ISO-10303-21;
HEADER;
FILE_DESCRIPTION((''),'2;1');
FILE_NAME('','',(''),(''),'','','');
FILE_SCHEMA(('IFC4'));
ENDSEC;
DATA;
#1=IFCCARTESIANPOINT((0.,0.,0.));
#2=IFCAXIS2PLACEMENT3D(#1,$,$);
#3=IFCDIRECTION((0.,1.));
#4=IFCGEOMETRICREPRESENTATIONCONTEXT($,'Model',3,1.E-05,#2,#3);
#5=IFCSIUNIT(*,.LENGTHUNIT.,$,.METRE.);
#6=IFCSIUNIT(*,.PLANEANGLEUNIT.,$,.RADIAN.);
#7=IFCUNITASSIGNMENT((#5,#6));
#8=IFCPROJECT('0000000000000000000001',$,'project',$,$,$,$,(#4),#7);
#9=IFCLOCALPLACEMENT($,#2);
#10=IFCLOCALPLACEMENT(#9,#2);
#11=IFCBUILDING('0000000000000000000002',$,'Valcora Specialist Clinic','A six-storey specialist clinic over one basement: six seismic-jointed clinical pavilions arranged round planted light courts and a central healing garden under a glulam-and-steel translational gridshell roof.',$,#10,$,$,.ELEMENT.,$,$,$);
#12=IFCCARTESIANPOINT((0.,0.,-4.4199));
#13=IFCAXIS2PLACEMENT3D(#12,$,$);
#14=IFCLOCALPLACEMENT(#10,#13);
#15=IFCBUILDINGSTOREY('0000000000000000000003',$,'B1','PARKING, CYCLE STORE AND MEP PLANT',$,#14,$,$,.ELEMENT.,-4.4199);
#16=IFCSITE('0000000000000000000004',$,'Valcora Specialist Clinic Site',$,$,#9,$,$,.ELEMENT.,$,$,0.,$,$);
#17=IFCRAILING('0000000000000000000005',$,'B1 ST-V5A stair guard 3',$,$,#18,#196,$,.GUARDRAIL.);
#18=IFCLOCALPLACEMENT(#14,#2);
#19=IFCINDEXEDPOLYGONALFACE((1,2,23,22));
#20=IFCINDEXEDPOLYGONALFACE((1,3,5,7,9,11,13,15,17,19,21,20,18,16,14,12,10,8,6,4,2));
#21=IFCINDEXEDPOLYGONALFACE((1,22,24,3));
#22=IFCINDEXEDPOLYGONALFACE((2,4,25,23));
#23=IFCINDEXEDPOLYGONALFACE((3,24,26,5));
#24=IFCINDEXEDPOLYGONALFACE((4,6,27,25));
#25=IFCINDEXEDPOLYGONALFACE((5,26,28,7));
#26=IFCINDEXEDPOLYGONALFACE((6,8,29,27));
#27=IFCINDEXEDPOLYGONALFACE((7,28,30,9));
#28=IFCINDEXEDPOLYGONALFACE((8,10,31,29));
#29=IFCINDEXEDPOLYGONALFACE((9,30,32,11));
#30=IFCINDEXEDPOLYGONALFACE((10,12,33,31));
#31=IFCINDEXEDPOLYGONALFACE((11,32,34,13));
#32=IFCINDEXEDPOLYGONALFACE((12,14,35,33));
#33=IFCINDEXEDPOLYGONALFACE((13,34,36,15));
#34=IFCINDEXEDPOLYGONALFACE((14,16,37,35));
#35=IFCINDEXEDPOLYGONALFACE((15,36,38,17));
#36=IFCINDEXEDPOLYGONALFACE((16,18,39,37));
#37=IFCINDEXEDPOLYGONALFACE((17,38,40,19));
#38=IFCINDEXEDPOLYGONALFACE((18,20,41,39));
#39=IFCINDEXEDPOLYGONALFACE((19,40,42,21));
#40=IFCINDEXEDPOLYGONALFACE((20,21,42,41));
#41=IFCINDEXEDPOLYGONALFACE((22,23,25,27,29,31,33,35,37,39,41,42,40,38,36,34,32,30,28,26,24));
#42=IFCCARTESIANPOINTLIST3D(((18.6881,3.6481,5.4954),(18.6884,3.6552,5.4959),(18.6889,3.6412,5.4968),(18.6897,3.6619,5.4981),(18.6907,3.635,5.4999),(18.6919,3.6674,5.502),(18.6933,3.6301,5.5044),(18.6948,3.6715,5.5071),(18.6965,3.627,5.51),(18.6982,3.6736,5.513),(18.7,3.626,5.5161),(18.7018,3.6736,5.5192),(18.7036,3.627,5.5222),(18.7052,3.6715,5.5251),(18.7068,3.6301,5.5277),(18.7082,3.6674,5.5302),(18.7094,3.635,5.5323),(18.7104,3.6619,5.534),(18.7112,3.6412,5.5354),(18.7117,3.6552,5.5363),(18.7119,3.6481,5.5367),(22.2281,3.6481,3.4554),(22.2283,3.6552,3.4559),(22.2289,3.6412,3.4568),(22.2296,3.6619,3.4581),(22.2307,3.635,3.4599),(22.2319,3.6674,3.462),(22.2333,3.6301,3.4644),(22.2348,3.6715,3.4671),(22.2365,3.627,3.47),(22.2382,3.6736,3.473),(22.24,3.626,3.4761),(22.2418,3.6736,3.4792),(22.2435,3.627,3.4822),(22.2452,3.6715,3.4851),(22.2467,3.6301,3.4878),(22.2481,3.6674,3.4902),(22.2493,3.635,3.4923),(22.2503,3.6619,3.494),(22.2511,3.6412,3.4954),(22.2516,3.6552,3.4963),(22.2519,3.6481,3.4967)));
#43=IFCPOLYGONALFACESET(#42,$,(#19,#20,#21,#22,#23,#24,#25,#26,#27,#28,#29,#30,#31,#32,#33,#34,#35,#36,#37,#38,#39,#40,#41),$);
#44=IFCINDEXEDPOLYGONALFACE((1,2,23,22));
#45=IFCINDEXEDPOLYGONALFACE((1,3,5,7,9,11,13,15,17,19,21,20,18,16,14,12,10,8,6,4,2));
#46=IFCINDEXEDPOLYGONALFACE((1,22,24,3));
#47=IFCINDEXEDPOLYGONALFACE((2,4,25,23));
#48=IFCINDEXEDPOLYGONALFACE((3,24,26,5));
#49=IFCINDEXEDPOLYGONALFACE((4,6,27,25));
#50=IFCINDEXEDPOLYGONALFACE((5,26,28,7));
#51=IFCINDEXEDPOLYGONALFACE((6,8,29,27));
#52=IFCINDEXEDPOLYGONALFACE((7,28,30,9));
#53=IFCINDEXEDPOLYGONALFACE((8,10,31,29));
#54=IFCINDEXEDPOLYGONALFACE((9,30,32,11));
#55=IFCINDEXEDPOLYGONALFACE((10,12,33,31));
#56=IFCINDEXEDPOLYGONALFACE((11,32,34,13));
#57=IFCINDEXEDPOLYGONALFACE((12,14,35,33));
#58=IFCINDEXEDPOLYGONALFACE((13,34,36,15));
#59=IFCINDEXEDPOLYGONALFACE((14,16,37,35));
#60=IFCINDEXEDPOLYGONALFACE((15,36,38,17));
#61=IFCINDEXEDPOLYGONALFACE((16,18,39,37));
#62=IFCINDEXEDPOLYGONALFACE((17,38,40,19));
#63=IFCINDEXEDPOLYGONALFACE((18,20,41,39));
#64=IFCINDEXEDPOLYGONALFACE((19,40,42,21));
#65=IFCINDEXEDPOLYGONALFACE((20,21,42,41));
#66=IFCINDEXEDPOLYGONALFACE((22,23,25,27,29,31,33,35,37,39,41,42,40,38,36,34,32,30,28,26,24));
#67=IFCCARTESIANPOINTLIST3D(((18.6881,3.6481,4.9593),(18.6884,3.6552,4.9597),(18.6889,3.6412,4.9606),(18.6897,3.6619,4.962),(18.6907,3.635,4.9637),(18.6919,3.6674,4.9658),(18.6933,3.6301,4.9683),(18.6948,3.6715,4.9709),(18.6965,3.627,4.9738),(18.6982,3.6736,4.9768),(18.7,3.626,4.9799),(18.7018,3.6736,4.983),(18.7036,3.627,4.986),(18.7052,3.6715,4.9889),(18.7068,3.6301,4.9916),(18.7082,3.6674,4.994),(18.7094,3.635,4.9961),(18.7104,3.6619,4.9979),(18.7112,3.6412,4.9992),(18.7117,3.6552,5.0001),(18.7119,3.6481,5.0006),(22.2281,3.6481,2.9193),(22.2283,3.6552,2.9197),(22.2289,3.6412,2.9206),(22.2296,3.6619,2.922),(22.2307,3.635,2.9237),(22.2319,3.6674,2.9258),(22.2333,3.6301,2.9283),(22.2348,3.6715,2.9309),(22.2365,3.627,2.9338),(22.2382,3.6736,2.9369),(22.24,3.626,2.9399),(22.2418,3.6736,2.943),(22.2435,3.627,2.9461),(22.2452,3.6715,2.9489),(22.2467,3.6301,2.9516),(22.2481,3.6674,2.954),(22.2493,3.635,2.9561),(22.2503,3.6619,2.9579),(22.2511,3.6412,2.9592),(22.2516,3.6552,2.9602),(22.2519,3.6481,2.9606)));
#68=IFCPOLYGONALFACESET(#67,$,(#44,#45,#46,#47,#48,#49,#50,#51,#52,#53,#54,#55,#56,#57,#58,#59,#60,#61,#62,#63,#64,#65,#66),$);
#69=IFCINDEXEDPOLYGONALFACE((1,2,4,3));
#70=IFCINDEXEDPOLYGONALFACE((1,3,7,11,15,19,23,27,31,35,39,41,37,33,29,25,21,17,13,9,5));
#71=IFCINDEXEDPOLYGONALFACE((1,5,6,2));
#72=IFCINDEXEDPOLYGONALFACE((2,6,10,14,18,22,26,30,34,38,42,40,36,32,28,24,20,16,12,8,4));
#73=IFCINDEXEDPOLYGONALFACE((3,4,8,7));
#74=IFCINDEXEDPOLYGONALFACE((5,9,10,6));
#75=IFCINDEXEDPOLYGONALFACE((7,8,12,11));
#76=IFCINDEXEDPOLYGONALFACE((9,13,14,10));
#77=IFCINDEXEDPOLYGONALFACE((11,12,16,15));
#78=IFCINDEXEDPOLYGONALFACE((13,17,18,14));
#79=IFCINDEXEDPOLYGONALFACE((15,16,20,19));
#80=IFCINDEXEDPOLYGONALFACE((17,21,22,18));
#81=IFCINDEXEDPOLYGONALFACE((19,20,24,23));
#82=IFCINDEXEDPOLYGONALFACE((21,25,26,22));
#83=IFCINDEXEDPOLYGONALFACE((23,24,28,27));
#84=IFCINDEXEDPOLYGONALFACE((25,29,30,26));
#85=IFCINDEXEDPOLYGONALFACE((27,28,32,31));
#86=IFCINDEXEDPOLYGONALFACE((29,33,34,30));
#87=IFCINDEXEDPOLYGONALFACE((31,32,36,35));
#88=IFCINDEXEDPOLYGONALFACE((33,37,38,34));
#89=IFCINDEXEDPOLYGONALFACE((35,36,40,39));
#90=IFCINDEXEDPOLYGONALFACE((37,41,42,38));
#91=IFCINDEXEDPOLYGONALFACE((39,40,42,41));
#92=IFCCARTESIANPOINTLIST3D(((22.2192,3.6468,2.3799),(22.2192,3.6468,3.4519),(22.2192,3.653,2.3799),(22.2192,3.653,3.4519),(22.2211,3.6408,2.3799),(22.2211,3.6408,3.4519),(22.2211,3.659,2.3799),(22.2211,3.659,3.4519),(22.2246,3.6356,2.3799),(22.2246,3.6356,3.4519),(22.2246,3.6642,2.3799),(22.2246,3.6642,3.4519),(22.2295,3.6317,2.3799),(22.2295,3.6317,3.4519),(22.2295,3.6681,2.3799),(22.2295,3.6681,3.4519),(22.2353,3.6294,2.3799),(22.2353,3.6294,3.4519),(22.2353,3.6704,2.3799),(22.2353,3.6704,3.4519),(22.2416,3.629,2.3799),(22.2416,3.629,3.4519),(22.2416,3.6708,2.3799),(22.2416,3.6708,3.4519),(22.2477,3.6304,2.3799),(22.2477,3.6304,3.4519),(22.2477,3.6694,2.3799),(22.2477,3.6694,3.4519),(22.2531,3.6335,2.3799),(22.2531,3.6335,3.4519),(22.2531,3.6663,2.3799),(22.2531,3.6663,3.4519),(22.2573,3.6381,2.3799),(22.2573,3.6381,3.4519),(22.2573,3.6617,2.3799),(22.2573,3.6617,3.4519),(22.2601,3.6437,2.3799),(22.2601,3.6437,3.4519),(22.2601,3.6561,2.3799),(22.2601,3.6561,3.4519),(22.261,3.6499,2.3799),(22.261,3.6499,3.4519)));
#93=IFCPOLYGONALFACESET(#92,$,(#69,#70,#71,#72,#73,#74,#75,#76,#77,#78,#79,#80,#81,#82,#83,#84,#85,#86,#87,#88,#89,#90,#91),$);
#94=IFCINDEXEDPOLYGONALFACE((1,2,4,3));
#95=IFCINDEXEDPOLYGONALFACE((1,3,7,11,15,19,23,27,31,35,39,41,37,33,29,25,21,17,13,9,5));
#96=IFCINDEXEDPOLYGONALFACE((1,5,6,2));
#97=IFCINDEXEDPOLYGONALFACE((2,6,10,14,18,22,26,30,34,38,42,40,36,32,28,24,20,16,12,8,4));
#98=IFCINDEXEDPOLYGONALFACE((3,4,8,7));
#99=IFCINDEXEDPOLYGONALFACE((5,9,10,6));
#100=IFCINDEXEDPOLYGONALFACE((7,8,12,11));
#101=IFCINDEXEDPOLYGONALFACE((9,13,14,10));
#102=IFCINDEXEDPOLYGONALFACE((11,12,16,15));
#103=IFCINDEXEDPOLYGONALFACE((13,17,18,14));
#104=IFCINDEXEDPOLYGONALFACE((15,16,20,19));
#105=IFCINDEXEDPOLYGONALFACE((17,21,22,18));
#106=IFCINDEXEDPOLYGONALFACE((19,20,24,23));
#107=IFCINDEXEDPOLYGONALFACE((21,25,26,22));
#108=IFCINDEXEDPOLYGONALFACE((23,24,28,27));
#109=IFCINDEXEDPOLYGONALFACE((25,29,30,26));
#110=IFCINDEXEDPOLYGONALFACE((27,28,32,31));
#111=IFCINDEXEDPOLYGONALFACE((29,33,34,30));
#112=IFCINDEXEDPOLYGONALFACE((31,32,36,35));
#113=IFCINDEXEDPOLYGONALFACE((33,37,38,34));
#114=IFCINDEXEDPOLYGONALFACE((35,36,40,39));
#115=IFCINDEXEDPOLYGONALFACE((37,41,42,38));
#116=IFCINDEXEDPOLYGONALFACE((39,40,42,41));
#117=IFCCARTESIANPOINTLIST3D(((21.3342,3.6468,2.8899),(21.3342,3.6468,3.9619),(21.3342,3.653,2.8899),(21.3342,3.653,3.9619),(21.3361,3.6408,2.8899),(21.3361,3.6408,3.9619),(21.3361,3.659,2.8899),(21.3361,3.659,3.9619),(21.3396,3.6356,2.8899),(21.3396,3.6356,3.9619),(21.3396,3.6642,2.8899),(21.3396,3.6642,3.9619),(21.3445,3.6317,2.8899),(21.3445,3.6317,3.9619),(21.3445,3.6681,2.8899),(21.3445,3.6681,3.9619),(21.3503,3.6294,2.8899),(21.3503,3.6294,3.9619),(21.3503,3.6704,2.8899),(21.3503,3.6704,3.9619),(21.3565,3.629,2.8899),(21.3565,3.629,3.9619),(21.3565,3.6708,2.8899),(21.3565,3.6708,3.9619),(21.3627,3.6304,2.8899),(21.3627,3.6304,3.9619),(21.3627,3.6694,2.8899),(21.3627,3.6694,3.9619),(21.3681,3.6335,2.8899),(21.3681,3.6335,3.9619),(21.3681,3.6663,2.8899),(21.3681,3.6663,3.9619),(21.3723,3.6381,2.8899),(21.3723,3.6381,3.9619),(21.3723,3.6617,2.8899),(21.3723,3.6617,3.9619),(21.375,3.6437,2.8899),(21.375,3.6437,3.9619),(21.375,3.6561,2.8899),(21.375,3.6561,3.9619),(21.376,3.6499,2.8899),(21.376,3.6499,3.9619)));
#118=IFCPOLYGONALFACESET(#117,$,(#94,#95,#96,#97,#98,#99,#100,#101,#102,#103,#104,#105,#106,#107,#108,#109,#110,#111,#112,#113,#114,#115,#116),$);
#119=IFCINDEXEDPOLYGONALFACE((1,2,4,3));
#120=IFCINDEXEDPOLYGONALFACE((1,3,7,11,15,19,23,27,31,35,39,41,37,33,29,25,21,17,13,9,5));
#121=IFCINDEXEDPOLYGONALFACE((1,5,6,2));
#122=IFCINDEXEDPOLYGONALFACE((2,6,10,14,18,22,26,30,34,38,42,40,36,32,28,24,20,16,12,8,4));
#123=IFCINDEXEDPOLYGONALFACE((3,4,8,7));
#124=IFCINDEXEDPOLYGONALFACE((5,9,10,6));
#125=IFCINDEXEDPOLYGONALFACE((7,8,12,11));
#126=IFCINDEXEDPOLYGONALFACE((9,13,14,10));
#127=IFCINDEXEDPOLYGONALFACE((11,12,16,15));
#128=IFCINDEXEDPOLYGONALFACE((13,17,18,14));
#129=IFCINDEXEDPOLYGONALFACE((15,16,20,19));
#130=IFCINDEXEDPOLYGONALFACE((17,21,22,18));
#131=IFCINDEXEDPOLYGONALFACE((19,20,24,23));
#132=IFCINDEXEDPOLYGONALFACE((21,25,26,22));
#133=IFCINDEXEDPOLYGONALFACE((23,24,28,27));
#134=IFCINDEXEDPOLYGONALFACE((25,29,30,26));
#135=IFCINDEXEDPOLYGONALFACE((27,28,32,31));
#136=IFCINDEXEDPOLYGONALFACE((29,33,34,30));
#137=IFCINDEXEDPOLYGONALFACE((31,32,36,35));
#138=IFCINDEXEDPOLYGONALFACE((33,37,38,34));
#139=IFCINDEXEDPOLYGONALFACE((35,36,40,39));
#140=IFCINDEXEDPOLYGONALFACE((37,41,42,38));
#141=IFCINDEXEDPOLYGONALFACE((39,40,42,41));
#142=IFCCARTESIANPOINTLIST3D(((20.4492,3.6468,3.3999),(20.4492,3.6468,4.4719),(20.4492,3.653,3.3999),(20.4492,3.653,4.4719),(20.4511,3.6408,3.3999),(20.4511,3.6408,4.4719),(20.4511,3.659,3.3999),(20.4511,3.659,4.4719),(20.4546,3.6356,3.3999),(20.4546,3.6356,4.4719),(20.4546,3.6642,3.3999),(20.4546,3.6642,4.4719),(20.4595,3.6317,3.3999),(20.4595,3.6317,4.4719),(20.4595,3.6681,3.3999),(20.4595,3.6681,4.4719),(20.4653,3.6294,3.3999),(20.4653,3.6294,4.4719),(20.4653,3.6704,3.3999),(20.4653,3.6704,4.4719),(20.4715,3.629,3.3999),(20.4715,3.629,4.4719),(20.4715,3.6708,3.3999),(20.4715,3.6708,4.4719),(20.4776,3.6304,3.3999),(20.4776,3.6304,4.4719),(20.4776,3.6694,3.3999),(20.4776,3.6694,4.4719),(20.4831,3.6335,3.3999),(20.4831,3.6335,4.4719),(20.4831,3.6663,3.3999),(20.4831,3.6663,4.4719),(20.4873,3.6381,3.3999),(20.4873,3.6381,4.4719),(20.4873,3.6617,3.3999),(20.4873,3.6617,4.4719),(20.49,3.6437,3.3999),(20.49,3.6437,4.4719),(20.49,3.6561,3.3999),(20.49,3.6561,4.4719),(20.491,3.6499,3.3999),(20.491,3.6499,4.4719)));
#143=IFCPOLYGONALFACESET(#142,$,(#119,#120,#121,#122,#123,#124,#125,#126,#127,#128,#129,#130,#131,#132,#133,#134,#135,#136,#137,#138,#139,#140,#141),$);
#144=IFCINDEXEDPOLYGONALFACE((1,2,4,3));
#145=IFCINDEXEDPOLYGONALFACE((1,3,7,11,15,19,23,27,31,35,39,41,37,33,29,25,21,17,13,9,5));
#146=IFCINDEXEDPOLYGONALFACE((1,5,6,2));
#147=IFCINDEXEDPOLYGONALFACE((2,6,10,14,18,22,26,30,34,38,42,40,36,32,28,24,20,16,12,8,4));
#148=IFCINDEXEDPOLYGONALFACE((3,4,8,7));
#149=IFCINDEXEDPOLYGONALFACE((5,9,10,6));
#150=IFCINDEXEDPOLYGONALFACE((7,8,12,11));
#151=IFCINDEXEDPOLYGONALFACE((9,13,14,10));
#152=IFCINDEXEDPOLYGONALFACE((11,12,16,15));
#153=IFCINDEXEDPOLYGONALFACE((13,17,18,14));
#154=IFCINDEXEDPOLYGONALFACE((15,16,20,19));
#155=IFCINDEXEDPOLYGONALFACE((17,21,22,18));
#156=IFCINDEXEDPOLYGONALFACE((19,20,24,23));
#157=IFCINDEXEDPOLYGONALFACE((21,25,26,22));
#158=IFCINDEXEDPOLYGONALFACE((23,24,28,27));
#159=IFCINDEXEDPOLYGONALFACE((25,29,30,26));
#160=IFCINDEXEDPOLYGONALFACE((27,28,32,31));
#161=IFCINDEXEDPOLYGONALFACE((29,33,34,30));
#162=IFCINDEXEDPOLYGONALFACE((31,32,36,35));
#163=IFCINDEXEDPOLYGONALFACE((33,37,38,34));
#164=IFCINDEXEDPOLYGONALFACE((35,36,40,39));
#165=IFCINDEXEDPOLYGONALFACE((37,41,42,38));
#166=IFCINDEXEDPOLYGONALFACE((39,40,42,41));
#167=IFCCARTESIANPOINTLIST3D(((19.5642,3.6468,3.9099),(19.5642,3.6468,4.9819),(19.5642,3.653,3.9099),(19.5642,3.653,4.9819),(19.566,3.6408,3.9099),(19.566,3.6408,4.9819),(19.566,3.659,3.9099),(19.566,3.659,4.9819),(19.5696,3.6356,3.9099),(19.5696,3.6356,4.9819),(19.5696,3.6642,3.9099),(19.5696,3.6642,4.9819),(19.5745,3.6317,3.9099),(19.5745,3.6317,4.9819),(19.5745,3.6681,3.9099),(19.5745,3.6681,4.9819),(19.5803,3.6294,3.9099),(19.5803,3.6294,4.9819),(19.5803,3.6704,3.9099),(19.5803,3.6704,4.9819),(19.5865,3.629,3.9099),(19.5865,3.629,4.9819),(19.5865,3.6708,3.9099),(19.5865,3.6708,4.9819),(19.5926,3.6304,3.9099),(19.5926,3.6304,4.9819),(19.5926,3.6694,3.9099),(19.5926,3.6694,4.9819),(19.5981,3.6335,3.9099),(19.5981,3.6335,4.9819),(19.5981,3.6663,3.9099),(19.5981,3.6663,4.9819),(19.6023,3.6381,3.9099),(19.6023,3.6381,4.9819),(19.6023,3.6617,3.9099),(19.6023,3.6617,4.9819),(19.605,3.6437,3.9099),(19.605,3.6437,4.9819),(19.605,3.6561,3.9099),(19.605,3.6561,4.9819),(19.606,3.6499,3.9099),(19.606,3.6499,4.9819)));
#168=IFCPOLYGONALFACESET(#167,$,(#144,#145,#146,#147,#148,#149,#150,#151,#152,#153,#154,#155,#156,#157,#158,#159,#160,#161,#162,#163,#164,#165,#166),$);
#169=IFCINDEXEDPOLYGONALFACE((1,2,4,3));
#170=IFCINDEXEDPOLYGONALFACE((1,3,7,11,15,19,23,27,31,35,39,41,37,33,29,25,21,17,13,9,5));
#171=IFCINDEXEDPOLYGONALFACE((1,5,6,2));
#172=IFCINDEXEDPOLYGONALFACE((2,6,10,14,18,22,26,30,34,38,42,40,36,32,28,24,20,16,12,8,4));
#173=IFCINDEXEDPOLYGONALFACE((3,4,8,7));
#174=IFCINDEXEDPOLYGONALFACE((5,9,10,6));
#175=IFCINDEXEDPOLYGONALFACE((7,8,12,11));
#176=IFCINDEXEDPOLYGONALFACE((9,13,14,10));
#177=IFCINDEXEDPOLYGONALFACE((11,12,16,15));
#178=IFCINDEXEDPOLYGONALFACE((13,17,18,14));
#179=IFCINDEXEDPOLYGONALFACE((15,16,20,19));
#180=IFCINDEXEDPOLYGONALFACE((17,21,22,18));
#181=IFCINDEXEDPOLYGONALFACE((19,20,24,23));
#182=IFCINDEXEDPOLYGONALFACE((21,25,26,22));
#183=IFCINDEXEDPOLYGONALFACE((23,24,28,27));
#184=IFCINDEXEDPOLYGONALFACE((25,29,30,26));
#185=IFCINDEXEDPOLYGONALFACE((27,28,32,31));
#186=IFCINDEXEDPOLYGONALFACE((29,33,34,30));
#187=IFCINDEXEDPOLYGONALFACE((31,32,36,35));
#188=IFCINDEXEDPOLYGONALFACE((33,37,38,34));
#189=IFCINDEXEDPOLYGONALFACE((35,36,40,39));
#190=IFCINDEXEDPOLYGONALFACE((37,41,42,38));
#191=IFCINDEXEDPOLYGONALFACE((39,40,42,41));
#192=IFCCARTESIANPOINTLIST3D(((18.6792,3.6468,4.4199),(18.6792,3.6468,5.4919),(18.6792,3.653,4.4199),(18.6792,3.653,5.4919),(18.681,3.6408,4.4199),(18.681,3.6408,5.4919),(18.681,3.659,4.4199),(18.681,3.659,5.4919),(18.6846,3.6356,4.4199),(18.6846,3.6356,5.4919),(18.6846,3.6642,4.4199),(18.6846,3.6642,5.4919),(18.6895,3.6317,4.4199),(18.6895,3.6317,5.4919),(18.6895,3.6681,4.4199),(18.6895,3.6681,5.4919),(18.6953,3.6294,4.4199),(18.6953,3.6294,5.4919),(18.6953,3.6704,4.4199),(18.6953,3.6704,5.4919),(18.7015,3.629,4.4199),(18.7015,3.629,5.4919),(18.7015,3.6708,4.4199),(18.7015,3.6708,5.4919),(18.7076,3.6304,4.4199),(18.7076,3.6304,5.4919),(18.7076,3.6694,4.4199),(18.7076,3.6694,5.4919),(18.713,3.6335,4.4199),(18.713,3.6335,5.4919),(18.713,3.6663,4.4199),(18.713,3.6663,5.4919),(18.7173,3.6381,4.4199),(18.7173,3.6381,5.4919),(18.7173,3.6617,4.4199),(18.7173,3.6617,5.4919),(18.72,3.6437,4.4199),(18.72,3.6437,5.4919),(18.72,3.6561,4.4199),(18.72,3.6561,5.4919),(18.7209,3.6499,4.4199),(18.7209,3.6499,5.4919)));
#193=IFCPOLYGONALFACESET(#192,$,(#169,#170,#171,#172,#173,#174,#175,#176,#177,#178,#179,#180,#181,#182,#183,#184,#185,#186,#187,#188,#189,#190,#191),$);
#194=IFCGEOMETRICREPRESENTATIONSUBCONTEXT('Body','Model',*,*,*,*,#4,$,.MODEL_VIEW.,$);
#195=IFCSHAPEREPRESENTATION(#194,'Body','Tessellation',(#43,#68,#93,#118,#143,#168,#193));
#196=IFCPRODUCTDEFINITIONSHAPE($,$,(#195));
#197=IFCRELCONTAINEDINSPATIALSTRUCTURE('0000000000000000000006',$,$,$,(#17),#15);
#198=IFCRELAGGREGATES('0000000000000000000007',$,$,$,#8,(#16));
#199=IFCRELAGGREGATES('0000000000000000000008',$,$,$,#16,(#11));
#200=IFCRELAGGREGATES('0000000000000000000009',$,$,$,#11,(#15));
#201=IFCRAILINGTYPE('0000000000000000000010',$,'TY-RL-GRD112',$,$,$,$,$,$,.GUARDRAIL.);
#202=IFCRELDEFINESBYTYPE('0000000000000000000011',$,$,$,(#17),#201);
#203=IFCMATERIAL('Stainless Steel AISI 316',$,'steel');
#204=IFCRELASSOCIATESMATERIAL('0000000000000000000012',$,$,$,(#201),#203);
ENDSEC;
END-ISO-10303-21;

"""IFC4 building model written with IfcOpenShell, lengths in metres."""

from ifc_helpers import new_model, si_unit, direction, frame, origin, origin_2d, place, context, subcontext, project, spatial, circle, extrude, material, type_object, element, save


model = new_model("IFC4")

# Units and contexts
model_context = context("Model", 3, precision=1e-05, world=origin(), true_north=direction((0.0, 1.0)))
body_context = subcontext(model_context, "Body", "Model", "MODEL_VIEW")
ifc_project = project(units=[si_unit("LENGTHUNIT", "METRE"), si_unit("PLANEANGLEUNIT", "RADIAN")], contexts=[model_context])

# Site, building, storey
site_placement = place(None, origin())
site = spatial("IfcSite", under=ifc_project, at=site_placement, Name="Valcora Specialist Clinic Site", CompositionType="ELEMENT", RefElevation=0.0)
building_placement = place(site_placement, origin())
building = spatial("IfcBuilding", under=site, at=building_placement, Name="Valcora Specialist Clinic", Description="A six-storey specialist clinic over one basement: six seismic-jointed clinical pavilions arranged round planted light courts and a central healing garden under a glulam-and-steel translational gridshell roof.", CompositionType="ELEMENT")
storey_placement = place(building_placement, frame((0.0, 0.0, -4.4199)))
storey = spatial("IfcBuildingStorey", under=building, at=storey_placement, Name="B1", Description="PARKING, CYCLE STORE AND MEP PLANT", CompositionType="ELEMENT", Elevation=-4.4199)

# Railing
ifc_material_1 = material(Name="Stainless Steel AISI 316", Category="steel")
railing_type_1 = type_object("IfcRailingType", Name="TY-RL-GRD112", PredefinedType="GUARDRAIL", material=ifc_material_1)
railing_1_placement = place(storey_placement, frame((22.24, 3.6499, 2.3799)))
element("IfcRailing", 1, at=railing_1_placement, inside=storey, type_object=railing_type_1, Name="B1 ST-V5A stair guard 3", PredefinedType="GUARDRAIL", context=body_context, shape_type="SweptSolid", body=[
    extrude(circle(Radius=0.0239, at=origin_2d()), frame((0.0, 0.0, 1.0962), z_axis=(-0.866428, 0.0, 0.499302), x_axis=(0.0, -1.0, 0.0)), (0.0, 0.0, 1.0), 4.0857),
    extrude(circle(Radius=0.0239, at=origin_2d()), frame((0.0, 0.0, 0.5601), z_axis=(-0.866428, 0.0, 0.499302), x_axis=(0.0, -1.0, 0.0)), (0.0, 0.0, 1.0), 4.0857),
    extrude(circle(Radius=0.021, at=origin_2d()), origin(), (0.0, 0.0, 1.0), 1.072),
    extrude(circle(Radius=0.021, at=origin_2d()), frame((-0.885, 0.0, 0.51)), (0.0, 0.0, 1.0), 1.072),
    extrude(circle(Radius=0.021, at=origin_2d()), frame((-1.77, 0.0, 1.02)), (0.0, 0.0, 1.0), 1.072),
    extrude(circle(Radius=0.021, at=origin_2d()), frame((-2.655, 0.0, 1.53)), (0.0, 0.0, 1.0), 1.072),
    extrude(circle(Radius=0.021, at=origin_2d()), frame((-3.54, 0.0, 2.04)), (0.0, 0.0, 1.0), 1.072),
])

save(model, "model.ifc")
